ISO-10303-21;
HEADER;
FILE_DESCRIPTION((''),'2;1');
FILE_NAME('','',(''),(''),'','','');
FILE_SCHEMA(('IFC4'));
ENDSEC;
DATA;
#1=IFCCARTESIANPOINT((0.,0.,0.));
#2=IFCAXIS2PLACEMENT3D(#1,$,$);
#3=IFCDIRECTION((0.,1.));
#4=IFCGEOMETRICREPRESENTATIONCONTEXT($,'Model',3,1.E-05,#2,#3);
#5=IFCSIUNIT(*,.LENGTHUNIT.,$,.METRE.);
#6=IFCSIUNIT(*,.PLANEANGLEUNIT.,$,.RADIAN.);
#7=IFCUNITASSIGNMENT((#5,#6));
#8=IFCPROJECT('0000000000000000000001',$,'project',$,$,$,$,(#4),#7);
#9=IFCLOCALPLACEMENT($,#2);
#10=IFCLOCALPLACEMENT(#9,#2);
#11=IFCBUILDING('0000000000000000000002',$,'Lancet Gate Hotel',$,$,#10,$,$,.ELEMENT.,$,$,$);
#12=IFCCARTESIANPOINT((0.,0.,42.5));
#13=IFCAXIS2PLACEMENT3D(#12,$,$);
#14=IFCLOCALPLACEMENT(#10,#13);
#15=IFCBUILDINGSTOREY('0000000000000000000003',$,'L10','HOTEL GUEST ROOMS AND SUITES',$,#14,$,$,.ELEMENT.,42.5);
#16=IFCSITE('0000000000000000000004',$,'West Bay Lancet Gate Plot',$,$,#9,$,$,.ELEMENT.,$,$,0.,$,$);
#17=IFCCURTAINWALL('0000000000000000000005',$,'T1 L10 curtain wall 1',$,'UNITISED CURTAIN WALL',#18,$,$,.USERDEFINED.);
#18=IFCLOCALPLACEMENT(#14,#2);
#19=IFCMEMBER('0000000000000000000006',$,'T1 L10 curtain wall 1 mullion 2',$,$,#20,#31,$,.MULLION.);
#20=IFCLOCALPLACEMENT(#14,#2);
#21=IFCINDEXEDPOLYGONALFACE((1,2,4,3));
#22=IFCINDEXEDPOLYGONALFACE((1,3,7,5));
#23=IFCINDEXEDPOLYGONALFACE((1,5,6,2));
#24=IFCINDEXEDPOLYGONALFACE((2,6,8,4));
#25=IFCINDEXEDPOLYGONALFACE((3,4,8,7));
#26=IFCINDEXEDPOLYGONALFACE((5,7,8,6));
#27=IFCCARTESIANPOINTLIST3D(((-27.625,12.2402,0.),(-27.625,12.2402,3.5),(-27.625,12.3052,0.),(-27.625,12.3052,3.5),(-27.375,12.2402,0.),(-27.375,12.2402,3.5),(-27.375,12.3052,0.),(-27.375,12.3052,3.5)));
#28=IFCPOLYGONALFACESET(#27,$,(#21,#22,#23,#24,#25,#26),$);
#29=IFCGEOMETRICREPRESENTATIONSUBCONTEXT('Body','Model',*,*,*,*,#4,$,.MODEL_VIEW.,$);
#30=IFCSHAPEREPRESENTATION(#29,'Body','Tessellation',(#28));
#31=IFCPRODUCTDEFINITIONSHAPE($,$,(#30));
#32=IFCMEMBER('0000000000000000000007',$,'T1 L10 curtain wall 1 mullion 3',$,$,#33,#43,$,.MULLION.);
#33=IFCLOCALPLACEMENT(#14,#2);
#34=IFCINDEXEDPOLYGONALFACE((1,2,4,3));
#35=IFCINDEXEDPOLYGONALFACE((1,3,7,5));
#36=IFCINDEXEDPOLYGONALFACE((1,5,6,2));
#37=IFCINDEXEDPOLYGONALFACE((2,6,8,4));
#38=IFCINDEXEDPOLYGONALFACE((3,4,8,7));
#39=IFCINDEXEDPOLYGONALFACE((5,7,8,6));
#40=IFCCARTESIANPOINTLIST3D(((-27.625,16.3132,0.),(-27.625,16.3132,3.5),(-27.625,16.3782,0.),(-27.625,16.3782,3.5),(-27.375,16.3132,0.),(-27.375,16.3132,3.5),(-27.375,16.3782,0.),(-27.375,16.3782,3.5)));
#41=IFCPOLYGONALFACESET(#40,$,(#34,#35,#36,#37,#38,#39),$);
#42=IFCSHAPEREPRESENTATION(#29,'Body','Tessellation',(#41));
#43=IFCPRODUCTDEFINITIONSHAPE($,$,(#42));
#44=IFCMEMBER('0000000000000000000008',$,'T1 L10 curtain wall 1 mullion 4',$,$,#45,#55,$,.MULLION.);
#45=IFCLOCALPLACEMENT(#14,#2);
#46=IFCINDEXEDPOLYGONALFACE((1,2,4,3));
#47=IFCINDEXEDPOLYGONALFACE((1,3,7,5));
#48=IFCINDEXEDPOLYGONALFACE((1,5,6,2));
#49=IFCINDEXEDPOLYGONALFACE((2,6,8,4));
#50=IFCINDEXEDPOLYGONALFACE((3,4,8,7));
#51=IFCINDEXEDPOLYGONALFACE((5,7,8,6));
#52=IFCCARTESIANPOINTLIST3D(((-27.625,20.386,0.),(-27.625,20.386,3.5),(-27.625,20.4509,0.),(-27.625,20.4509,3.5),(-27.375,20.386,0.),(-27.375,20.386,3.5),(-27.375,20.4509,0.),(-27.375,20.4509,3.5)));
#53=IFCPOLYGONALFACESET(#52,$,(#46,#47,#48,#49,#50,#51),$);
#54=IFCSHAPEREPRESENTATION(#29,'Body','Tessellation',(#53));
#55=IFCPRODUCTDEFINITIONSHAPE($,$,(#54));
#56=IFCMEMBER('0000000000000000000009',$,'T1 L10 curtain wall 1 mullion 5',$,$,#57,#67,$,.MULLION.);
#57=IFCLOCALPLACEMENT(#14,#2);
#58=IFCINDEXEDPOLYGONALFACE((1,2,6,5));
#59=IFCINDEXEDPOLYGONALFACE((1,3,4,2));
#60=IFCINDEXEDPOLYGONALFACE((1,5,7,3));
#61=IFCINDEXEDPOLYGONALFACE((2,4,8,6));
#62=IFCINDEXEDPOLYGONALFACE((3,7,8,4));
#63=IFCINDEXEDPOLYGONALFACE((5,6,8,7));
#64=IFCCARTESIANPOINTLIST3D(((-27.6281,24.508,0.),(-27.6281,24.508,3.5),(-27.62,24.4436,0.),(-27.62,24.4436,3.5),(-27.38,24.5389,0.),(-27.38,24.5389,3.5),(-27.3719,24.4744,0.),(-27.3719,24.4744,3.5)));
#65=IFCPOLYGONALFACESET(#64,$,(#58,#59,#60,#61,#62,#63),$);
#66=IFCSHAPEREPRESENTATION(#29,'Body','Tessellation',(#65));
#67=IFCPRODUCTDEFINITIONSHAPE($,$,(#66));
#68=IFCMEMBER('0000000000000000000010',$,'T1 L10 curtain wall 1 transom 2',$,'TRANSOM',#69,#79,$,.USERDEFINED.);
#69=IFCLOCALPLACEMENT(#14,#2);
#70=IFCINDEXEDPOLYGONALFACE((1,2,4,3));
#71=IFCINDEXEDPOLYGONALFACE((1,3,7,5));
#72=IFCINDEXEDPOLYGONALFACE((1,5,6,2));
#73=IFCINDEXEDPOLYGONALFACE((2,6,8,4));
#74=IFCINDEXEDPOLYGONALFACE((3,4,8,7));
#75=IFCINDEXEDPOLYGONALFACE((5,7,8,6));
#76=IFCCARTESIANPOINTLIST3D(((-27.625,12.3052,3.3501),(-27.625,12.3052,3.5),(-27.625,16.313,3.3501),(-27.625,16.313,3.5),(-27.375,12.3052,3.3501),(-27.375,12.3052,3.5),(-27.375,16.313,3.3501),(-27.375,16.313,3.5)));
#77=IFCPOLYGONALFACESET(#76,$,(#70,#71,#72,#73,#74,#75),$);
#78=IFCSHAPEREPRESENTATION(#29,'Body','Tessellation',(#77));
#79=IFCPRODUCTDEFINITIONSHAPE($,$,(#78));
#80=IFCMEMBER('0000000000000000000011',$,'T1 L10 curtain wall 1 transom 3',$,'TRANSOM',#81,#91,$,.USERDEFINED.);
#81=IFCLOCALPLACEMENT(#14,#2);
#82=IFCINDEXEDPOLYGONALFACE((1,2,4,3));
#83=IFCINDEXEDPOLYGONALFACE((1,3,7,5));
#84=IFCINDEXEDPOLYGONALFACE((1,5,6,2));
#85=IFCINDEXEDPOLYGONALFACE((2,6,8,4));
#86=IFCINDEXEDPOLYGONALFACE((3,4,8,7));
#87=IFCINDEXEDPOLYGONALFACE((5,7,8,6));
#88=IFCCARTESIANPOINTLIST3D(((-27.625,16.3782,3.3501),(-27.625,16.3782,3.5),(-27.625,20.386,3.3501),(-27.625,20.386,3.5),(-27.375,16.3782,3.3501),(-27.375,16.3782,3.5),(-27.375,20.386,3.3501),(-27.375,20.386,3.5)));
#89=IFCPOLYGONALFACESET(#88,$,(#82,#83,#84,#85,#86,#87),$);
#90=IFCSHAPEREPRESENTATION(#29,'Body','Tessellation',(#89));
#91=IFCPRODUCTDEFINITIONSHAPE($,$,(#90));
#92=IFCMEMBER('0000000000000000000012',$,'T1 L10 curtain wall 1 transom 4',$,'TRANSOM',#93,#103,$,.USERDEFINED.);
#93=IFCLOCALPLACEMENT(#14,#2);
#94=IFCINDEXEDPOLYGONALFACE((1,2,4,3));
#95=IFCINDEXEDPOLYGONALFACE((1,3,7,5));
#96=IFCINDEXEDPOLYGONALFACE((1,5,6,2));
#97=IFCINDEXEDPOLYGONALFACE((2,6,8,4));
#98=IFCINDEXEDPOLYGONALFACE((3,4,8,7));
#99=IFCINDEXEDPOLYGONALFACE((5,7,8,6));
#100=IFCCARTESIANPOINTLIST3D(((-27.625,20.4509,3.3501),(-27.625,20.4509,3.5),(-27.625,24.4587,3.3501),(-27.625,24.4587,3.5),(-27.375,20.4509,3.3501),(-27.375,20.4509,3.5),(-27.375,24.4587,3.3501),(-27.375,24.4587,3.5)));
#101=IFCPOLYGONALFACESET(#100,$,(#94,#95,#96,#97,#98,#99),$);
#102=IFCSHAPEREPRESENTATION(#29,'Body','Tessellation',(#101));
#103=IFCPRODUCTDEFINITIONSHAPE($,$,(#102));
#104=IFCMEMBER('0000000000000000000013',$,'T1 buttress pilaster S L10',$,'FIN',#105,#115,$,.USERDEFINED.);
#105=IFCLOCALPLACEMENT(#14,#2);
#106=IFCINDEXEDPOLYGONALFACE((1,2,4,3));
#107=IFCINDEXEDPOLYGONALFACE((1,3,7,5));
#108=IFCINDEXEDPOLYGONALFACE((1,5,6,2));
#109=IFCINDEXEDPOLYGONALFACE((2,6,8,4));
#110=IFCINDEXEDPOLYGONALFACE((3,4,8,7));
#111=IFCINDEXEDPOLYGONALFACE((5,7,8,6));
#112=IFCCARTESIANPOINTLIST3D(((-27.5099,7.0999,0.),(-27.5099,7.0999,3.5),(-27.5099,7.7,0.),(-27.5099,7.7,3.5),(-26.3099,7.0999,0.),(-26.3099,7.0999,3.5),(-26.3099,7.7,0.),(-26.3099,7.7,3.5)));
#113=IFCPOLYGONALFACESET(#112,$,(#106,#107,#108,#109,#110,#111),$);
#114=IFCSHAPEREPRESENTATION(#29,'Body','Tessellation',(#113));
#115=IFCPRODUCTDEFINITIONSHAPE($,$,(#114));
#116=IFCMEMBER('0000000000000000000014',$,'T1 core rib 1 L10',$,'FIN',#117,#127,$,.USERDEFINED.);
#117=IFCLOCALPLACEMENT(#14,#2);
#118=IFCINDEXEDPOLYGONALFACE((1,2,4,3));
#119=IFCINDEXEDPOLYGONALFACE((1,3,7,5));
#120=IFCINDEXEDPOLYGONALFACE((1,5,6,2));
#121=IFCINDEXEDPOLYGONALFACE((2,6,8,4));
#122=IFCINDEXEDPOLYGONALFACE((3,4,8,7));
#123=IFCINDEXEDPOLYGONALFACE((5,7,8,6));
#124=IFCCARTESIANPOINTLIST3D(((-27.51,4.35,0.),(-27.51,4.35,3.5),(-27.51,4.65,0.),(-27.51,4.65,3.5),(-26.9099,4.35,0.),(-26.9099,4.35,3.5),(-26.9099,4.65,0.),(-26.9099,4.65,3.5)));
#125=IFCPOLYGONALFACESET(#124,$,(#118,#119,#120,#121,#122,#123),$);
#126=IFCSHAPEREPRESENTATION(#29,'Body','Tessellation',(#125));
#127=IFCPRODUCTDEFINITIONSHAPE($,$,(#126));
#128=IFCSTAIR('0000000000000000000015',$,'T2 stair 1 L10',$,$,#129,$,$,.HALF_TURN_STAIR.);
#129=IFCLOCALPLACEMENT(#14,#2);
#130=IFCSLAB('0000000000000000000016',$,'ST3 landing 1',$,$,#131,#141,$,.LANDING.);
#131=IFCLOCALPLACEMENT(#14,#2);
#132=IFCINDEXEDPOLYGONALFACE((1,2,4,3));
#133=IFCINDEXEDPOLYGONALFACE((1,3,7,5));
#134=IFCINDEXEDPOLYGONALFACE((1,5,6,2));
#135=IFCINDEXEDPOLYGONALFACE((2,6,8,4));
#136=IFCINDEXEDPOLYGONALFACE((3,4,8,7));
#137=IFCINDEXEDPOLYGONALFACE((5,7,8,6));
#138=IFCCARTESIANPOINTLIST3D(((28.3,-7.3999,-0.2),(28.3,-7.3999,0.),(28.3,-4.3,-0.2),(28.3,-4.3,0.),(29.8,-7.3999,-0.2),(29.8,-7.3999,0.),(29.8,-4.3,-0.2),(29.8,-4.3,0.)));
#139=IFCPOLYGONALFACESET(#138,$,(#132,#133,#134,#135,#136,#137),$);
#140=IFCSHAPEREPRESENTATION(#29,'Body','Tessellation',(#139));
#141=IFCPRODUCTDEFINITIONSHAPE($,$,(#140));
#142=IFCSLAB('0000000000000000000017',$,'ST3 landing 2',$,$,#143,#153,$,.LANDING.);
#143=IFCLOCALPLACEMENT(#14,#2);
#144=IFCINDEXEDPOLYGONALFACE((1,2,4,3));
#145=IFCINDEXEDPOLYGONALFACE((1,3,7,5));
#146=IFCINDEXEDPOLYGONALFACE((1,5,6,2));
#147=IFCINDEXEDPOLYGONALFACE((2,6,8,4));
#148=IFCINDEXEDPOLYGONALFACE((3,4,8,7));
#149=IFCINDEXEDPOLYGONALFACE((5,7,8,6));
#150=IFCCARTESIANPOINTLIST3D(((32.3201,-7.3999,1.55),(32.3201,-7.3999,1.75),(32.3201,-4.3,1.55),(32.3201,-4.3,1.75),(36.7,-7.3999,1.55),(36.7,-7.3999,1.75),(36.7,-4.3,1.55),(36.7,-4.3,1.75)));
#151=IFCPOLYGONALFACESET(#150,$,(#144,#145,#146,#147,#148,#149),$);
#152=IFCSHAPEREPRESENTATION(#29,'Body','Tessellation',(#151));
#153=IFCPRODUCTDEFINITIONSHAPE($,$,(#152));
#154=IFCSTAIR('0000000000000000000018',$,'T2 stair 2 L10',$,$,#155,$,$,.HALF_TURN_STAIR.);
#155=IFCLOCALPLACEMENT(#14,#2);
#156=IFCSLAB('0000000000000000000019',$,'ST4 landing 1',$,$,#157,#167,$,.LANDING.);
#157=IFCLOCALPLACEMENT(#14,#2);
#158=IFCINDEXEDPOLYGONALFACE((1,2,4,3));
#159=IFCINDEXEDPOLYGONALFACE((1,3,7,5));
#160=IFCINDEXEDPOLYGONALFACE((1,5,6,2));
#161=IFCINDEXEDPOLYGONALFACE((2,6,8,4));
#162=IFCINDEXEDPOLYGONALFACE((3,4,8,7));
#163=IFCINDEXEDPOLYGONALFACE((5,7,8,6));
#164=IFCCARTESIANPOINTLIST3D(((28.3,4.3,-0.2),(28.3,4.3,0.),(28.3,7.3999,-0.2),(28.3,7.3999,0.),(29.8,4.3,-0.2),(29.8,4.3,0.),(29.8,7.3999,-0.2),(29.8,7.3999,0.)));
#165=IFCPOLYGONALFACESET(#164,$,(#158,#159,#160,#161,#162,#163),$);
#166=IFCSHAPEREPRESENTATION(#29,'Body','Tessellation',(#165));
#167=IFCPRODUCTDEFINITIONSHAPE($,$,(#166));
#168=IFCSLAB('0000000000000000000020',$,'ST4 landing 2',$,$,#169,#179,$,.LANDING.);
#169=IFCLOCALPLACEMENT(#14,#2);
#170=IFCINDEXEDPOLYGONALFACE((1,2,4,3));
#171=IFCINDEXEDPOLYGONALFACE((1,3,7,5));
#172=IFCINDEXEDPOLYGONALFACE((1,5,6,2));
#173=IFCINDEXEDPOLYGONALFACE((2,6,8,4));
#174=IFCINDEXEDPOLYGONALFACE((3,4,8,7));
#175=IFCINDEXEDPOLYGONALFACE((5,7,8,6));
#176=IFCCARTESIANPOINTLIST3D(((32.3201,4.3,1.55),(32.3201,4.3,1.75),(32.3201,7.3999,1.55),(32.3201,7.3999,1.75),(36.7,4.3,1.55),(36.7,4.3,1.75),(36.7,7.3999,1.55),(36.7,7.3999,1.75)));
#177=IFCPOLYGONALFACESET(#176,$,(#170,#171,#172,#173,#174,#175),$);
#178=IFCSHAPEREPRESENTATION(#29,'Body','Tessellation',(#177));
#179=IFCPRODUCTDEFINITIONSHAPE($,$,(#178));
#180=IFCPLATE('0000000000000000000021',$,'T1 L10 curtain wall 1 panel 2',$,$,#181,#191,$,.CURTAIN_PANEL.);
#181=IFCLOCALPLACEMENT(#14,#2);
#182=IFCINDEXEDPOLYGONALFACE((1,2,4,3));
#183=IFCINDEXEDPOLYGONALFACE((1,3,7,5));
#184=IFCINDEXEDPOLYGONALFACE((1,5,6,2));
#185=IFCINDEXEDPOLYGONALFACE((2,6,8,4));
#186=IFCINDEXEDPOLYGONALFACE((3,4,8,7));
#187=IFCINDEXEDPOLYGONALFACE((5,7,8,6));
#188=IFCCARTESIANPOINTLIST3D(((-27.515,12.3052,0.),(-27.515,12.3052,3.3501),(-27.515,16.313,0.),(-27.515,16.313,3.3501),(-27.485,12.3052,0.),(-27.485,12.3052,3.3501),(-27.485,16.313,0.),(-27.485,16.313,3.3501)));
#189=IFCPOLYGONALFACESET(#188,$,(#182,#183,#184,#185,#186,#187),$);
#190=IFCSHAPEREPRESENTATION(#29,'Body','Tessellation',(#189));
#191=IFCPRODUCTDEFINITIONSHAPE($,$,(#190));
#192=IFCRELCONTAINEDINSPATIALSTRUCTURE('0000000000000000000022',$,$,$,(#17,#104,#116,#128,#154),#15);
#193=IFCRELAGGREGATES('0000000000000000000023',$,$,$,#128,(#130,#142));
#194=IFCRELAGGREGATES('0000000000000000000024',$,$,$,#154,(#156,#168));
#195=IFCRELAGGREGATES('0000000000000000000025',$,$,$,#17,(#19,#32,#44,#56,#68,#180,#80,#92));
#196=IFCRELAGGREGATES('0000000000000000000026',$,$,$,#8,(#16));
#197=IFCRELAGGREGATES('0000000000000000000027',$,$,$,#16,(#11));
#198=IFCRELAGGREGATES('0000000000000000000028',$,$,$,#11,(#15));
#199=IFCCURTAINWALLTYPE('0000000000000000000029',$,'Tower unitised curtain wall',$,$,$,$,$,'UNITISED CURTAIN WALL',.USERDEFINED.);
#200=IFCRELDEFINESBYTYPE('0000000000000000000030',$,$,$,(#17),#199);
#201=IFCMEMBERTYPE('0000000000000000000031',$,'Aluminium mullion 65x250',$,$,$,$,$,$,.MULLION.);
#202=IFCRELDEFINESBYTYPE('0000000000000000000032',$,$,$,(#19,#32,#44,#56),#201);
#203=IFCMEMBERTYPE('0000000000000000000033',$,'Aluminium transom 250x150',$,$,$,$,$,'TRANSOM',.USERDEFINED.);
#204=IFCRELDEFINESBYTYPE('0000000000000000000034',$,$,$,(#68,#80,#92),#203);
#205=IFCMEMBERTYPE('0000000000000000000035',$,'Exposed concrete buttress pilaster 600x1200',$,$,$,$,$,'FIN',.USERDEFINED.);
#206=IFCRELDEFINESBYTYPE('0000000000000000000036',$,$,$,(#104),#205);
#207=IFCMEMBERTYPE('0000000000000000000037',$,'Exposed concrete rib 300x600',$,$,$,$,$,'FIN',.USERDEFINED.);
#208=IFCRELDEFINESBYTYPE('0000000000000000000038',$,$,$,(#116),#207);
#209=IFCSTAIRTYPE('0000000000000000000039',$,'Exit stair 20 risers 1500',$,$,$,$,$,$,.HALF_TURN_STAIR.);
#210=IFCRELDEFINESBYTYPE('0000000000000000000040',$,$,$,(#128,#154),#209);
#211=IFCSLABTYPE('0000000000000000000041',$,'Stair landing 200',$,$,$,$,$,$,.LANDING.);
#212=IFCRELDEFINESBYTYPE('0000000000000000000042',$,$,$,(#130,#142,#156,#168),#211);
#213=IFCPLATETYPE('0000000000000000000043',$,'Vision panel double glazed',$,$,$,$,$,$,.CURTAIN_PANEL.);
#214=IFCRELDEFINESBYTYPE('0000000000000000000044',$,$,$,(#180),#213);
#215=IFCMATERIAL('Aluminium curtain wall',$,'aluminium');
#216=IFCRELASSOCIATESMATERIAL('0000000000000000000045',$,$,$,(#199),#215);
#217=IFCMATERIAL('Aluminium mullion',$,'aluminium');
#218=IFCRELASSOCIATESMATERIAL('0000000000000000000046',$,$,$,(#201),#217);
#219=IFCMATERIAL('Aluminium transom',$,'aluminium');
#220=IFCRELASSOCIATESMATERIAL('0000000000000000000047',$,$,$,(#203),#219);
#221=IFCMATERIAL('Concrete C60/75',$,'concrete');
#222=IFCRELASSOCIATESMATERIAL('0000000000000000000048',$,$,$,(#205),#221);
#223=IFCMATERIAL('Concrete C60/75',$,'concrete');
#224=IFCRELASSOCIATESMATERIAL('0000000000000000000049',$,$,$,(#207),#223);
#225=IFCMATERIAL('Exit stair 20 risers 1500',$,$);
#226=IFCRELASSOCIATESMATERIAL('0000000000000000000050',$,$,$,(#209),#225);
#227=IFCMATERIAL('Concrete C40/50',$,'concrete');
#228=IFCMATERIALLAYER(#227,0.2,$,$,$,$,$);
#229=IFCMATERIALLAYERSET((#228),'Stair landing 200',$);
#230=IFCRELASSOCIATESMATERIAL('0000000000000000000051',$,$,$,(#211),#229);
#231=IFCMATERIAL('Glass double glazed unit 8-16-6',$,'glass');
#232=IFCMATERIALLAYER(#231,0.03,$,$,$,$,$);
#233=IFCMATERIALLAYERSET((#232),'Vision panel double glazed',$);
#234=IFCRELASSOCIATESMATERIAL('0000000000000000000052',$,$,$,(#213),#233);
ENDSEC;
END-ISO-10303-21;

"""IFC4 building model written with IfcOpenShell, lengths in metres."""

from ifc_helpers import new_model, si_unit, direction, frame, origin, origin_2d, place, context, subcontext, project, spatial, polyline, rectangle, outline, extrude, material, layer, layer_set, material_profile, profile_set, type_object, element, aggregate, save


model = new_model("IFC4")

# Units and contexts
model_context = context("Model", 3, precision=1e-05, world=origin(), true_north=direction((0.0, 1.0)))
body_context = subcontext(model_context, "Body", "Model", "MODEL_VIEW")
ifc_project = project(units=[si_unit("LENGTHUNIT", "METRE"), si_unit("PLANEANGLEUNIT", "RADIAN")], contexts=[model_context])

# Site, building, storey
site_placement = place(None, origin())
site = spatial("IfcSite", under=ifc_project, at=site_placement, Name="West Bay Lancet Gate Plot", CompositionType="ELEMENT", RefElevation=0.0)
building_placement = place(site_placement, origin())
building = spatial("IfcBuilding", under=site, at=building_placement, Name="Lancet Gate Hotel", CompositionType="ELEMENT")
storey_placement = place(building_placement, frame((0.0, 0.0, 42.5)))
storey = spatial("IfcBuildingStorey", under=building, at=storey_placement, Name="L10", Description="HOTEL GUEST ROOMS AND SUITES", CompositionType="ELEMENT", Elevation=42.5)

# Curtain wall, members
ifc_material_1 = material(Name="Aluminium curtain wall", Category="aluminium")
curtain_wall_type = type_object("IfcCurtainWallType", Name="Tower unitised curtain wall", ElementType="UNITISED CURTAIN WALL", PredefinedType="USERDEFINED", material=ifc_material_1)
curtain_wall_placement = place(storey_placement, origin())
curtain_wall = element("IfcCurtainWall", 1, at=curtain_wall_placement, inside=storey, type_object=curtain_wall_type, Name="T1 L10 curtain wall 1", ObjectType="UNITISED CURTAIN WALL", PredefinedType="USERDEFINED")
ifc_material_2 = material(Name="Aluminium mullion", Category="aluminium")
ifc_material_profile_1 = material_profile(ifc_material_2, rectangle(XDim=0.0649, YDim=0.25, at=origin_2d()), Name="MULLION 65x250")
ifc_profile_set_1 = profile_set([ifc_material_profile_1], Name="Aluminium mullion")
member_type_1 = type_object("IfcMemberType", Name="Aluminium mullion 65x250", PredefinedType="MULLION", material=ifc_profile_set_1)
member_1_placement = place(storey_placement, frame((-27.5, 12.2727, 0.0), z_axis=(0.0, 0.0, 1.0), x_axis=(0.0, 1.0, 0.0)))
member_1 = element("IfcMember", 2, at=member_1_placement, type_object=member_type_1, Name="T1 L10 curtain wall 1 mullion 2", PredefinedType="MULLION", context=body_context, shape_type="SweptSolid", body=[
    extrude(rectangle(XDim=0.0649, YDim=0.25, at=origin_2d()), origin(), (0.0, 0.0, 1.0), 3.5),
])
member_2_placement = place(storey_placement, frame((-27.5, 16.3457, 0.0), z_axis=(0.0, 0.0, 1.0), x_axis=(0.0, 1.0, 0.0)))
member_2 = element("IfcMember", 3, at=member_2_placement, type_object=member_type_1, Name="T1 L10 curtain wall 1 mullion 3", PredefinedType="MULLION", context=body_context, shape_type="SweptSolid", body=[
    extrude(rectangle(XDim=0.0649, YDim=0.25, at=origin_2d()), origin(), (0.0, 0.0, 1.0), 3.5),
])
member_3_placement = place(storey_placement, frame((-27.5, 20.4185, 0.0), z_axis=(0.0, 0.0, 1.0), x_axis=(0.0, 1.0, 0.0)))
member_3 = element("IfcMember", 4, at=member_3_placement, type_object=member_type_1, Name="T1 L10 curtain wall 1 mullion 4", PredefinedType="MULLION", context=body_context, shape_type="SweptSolid", body=[
    extrude(rectangle(XDim=0.0649, YDim=0.25, at=origin_2d()), origin(), (0.0, 0.0, 1.0), 3.5),
])
member_4_placement = place(storey_placement, frame((-27.5, 24.4912, 0.0), z_axis=(0.0, 0.0, 1.0), x_axis=(-0.123483, 0.992347, 0.0)))
member_4 = element("IfcMember", 5, at=member_4_placement, type_object=member_type_1, Name="T1 L10 curtain wall 1 mullion 5", PredefinedType="MULLION", context=body_context, shape_type="SweptSolid", body=[
    extrude(rectangle(XDim=0.0649, YDim=0.25, at=origin_2d()), origin(), (0.0, 0.0, 1.0), 3.5),
])
ifc_material_3 = material(Name="Aluminium transom", Category="aluminium")
ifc_material_profile_2 = material_profile(ifc_material_3, rectangle(XDim=0.25, YDim=0.1499, at=origin_2d()), Name="TRANSOM 250x150")
ifc_profile_set_2 = profile_set([ifc_material_profile_2], Name="Aluminium transom")
member_type_2 = type_object("IfcMemberType", Name="Aluminium transom 250x150", ElementType="TRANSOM", PredefinedType="USERDEFINED", material=ifc_profile_set_2)
member_5_placement = place(storey_placement, frame((-27.5, 12.3052, 3.425), z_axis=(0.0, 1.0, 0.0), x_axis=(-1.0, 0.0, 0.0)))
member_5 = element("IfcMember", 6, at=member_5_placement, type_object=member_type_2, Name="T1 L10 curtain wall 1 transom 2", ObjectType="TRANSOM", PredefinedType="USERDEFINED", context=body_context, shape_type="SweptSolid", body=[
    extrude(rectangle(XDim=0.25, YDim=0.1499, at=origin_2d()), origin(), (0.0, 0.0, 1.0), 4.0078),
])
member_6_placement = place(storey_placement, frame((-27.5, 16.3782, 3.425), z_axis=(0.0, 1.0, 0.0), x_axis=(-1.0, 0.0, 0.0)))
member_6 = element("IfcMember", 7, at=member_6_placement, type_object=member_type_2, Name="T1 L10 curtain wall 1 transom 3", ObjectType="TRANSOM", PredefinedType="USERDEFINED", context=body_context, shape_type="SweptSolid", body=[
    extrude(rectangle(XDim=0.25, YDim=0.1499, at=origin_2d()), origin(), (0.0, 0.0, 1.0), 4.0078),
])
member_7_placement = place(storey_placement, frame((-27.5, 20.4509, 3.425), z_axis=(0.0, 1.0, 0.0), x_axis=(-1.0, 0.0, 0.0)))
member_7 = element("IfcMember", 8, at=member_7_placement, type_object=member_type_2, Name="T1 L10 curtain wall 1 transom 4", ObjectType="TRANSOM", PredefinedType="USERDEFINED", context=body_context, shape_type="SweptSolid", body=[
    extrude(rectangle(XDim=0.25, YDim=0.1499, at=origin_2d()), origin(), (0.0, 0.0, 1.0), 4.0078),
])

# Members
ifc_material_4 = material(Name="Concrete C60/75", Category="concrete")
ifc_material_profile_3 = material_profile(ifc_material_4, rectangle(XDim=0.6001, YDim=1.2, at=origin_2d()), Name="FIN 600x1200")
ifc_profile_set_3 = profile_set([ifc_material_profile_3], Name="Concrete C60/75")
member_type_3 = type_object("IfcMemberType", Name="Exposed concrete buttress pilaster 600x1200", ElementType="FIN", PredefinedType="USERDEFINED", material=ifc_profile_set_3)
member_8_placement = place(storey_placement, frame((-26.9099, 7.3999, 0.0), z_axis=(0.0, 0.0, 1.0), x_axis=(0.0, 1.0, 0.0)))
element("IfcMember", 9, at=member_8_placement, inside=storey, type_object=member_type_3, Name="T1 buttress pilaster S L10", ObjectType="FIN", PredefinedType="USERDEFINED", context=body_context, shape_type="SweptSolid", body=[
    extrude(rectangle(XDim=0.6001, YDim=1.2, at=origin_2d()), origin(), (0.0, 0.0, 1.0), 3.5),
])
ifc_material_5 = material(Name="Concrete C60/75", Category="concrete")
ifc_material_profile_4 = material_profile(ifc_material_5, rectangle(XDim=0.3, YDim=0.6001, at=origin_2d()), Name="FIN 300x600")
ifc_profile_set_4 = profile_set([ifc_material_profile_4], Name="Concrete C60/75")
member_type_4 = type_object("IfcMemberType", Name="Exposed concrete rib 300x600", ElementType="FIN", PredefinedType="USERDEFINED", material=ifc_profile_set_4)
member_9_placement = place(storey_placement, frame((-27.21, 4.5, 0.0), z_axis=(0.0, 0.0, 1.0), x_axis=(0.0, 1.0, 0.0)))
element("IfcMember", 10, at=member_9_placement, inside=storey, type_object=member_type_4, Name="T1 core rib 1 L10", ObjectType="FIN", PredefinedType="USERDEFINED", context=body_context, shape_type="SweptSolid", body=[
    extrude(rectangle(XDim=0.3, YDim=0.6001, at=origin_2d()), origin(), (0.0, 0.0, 1.0), 3.5),
])

# Stairs, slabs
ifc_material_6 = material(Name="Exit stair 20 risers 1500")
stair_type = type_object("IfcStairType", Name="Exit stair 20 risers 1500", PredefinedType="HALF_TURN_STAIR", material=ifc_material_6)
stair_1_placement = place(storey_placement, origin())
stair_1 = element("IfcStair", 11, at=stair_1_placement, inside=storey, type_object=stair_type, Name="T2 stair 1 L10", PredefinedType="HALF_TURN_STAIR")
ifc_material_7 = material(Name="Concrete C40/50", Category="concrete")
ifc_layer_1 = layer(ifc_material_7, 0.2)
ifc_layer_set_1 = layer_set([ifc_layer_1], Name="Stair landing 200")
slab_type = type_object("IfcSlabType", Name="Stair landing 200", PredefinedType="LANDING", material=ifc_layer_set_1)
slab_1_placement = place(storey_placement, frame((0.0, 0.0, -0.2)))
slab_1 = element("IfcSlab", 12, at=slab_1_placement, type_object=slab_type, Name="ST3 landing 1", PredefinedType="LANDING", context=body_context, shape_type="SweptSolid", body=[
    extrude(outline(polyline([(28.3, -7.3999), (29.8, -7.3999), (29.8, -4.3), (28.3, -4.3), (28.3, -7.3999)])), origin(), (0.0, 0.0, 1.0), 0.2),
])
slab_2_placement = place(storey_placement, frame((0.0, 0.0, 1.55)))
slab_2 = element("IfcSlab", 13, at=slab_2_placement, type_object=slab_type, Name="ST3 landing 2", PredefinedType="LANDING", context=body_context, shape_type="SweptSolid", body=[
    extrude(outline(polyline([(32.3201, -7.3999), (36.7, -7.3999), (36.7, -4.3), (32.3201, -4.3), (32.3201, -7.3999)])), origin(), (0.0, 0.0, 1.0), 0.2),
])
aggregate(stair_1, [slab_1, slab_2])
stair_2_placement = place(storey_placement, origin())
stair_2 = element("IfcStair", 14, at=stair_2_placement, inside=storey, type_object=stair_type, Name="T2 stair 2 L10", PredefinedType="HALF_TURN_STAIR")
slab_3_placement = place(storey_placement, frame((0.0, 0.0, -0.2)))
slab_3 = element("IfcSlab", 15, at=slab_3_placement, type_object=slab_type, Name="ST4 landing 1", PredefinedType="LANDING", context=body_context, shape_type="SweptSolid", body=[
    extrude(outline(polyline([(28.3, 4.3), (29.8, 4.3), (29.8, 7.3999), (28.3, 7.3999), (28.3, 4.3)])), origin(), (0.0, 0.0, 1.0), 0.2),
])
slab_4_placement = place(storey_placement, frame((0.0, 0.0, 1.55)))
slab_4 = element("IfcSlab", 16, at=slab_4_placement, type_object=slab_type, Name="ST4 landing 2", PredefinedType="LANDING", context=body_context, shape_type="SweptSolid", body=[
    extrude(outline(polyline([(32.3201, 4.3), (36.7, 4.3), (36.7, 7.3999), (32.3201, 7.3999), (32.3201, 4.3)])), origin(), (0.0, 0.0, 1.0), 0.2),
])
aggregate(stair_2, [slab_3, slab_4])

# Plate
ifc_material_8 = material(Name="Glass double glazed unit 8-16-6", Category="glass")
ifc_layer_2 = layer(ifc_material_8, 0.03)
ifc_layer_set_2 = layer_set([ifc_layer_2], Name="Vision panel double glazed")
plate_type = type_object("IfcPlateType", Name="Vision panel double glazed", PredefinedType="CURTAIN_PANEL", material=ifc_layer_set_2)
plate_1_placement = place(storey_placement, frame((-27.5, 14.3091, 0.0), z_axis=(0.0, 0.0, 1.0), x_axis=(0.0, 1.0, 0.0)))
plate_1 = element("IfcPlate", 17, at=plate_1_placement, type_object=plate_type, Name="T1 L10 curtain wall 1 panel 2", PredefinedType="CURTAIN_PANEL", context=body_context, shape_type="SweptSolid", body=[
    extrude(rectangle(XDim=4.0078, YDim=0.03, at=origin_2d()), origin(), (0.0, 0.0, 1.0), 3.3501),
])
aggregate(curtain_wall, [member_1, member_2, member_3, member_4, member_5, plate_1, member_6, member_7])

save(model, "model.ifc")
